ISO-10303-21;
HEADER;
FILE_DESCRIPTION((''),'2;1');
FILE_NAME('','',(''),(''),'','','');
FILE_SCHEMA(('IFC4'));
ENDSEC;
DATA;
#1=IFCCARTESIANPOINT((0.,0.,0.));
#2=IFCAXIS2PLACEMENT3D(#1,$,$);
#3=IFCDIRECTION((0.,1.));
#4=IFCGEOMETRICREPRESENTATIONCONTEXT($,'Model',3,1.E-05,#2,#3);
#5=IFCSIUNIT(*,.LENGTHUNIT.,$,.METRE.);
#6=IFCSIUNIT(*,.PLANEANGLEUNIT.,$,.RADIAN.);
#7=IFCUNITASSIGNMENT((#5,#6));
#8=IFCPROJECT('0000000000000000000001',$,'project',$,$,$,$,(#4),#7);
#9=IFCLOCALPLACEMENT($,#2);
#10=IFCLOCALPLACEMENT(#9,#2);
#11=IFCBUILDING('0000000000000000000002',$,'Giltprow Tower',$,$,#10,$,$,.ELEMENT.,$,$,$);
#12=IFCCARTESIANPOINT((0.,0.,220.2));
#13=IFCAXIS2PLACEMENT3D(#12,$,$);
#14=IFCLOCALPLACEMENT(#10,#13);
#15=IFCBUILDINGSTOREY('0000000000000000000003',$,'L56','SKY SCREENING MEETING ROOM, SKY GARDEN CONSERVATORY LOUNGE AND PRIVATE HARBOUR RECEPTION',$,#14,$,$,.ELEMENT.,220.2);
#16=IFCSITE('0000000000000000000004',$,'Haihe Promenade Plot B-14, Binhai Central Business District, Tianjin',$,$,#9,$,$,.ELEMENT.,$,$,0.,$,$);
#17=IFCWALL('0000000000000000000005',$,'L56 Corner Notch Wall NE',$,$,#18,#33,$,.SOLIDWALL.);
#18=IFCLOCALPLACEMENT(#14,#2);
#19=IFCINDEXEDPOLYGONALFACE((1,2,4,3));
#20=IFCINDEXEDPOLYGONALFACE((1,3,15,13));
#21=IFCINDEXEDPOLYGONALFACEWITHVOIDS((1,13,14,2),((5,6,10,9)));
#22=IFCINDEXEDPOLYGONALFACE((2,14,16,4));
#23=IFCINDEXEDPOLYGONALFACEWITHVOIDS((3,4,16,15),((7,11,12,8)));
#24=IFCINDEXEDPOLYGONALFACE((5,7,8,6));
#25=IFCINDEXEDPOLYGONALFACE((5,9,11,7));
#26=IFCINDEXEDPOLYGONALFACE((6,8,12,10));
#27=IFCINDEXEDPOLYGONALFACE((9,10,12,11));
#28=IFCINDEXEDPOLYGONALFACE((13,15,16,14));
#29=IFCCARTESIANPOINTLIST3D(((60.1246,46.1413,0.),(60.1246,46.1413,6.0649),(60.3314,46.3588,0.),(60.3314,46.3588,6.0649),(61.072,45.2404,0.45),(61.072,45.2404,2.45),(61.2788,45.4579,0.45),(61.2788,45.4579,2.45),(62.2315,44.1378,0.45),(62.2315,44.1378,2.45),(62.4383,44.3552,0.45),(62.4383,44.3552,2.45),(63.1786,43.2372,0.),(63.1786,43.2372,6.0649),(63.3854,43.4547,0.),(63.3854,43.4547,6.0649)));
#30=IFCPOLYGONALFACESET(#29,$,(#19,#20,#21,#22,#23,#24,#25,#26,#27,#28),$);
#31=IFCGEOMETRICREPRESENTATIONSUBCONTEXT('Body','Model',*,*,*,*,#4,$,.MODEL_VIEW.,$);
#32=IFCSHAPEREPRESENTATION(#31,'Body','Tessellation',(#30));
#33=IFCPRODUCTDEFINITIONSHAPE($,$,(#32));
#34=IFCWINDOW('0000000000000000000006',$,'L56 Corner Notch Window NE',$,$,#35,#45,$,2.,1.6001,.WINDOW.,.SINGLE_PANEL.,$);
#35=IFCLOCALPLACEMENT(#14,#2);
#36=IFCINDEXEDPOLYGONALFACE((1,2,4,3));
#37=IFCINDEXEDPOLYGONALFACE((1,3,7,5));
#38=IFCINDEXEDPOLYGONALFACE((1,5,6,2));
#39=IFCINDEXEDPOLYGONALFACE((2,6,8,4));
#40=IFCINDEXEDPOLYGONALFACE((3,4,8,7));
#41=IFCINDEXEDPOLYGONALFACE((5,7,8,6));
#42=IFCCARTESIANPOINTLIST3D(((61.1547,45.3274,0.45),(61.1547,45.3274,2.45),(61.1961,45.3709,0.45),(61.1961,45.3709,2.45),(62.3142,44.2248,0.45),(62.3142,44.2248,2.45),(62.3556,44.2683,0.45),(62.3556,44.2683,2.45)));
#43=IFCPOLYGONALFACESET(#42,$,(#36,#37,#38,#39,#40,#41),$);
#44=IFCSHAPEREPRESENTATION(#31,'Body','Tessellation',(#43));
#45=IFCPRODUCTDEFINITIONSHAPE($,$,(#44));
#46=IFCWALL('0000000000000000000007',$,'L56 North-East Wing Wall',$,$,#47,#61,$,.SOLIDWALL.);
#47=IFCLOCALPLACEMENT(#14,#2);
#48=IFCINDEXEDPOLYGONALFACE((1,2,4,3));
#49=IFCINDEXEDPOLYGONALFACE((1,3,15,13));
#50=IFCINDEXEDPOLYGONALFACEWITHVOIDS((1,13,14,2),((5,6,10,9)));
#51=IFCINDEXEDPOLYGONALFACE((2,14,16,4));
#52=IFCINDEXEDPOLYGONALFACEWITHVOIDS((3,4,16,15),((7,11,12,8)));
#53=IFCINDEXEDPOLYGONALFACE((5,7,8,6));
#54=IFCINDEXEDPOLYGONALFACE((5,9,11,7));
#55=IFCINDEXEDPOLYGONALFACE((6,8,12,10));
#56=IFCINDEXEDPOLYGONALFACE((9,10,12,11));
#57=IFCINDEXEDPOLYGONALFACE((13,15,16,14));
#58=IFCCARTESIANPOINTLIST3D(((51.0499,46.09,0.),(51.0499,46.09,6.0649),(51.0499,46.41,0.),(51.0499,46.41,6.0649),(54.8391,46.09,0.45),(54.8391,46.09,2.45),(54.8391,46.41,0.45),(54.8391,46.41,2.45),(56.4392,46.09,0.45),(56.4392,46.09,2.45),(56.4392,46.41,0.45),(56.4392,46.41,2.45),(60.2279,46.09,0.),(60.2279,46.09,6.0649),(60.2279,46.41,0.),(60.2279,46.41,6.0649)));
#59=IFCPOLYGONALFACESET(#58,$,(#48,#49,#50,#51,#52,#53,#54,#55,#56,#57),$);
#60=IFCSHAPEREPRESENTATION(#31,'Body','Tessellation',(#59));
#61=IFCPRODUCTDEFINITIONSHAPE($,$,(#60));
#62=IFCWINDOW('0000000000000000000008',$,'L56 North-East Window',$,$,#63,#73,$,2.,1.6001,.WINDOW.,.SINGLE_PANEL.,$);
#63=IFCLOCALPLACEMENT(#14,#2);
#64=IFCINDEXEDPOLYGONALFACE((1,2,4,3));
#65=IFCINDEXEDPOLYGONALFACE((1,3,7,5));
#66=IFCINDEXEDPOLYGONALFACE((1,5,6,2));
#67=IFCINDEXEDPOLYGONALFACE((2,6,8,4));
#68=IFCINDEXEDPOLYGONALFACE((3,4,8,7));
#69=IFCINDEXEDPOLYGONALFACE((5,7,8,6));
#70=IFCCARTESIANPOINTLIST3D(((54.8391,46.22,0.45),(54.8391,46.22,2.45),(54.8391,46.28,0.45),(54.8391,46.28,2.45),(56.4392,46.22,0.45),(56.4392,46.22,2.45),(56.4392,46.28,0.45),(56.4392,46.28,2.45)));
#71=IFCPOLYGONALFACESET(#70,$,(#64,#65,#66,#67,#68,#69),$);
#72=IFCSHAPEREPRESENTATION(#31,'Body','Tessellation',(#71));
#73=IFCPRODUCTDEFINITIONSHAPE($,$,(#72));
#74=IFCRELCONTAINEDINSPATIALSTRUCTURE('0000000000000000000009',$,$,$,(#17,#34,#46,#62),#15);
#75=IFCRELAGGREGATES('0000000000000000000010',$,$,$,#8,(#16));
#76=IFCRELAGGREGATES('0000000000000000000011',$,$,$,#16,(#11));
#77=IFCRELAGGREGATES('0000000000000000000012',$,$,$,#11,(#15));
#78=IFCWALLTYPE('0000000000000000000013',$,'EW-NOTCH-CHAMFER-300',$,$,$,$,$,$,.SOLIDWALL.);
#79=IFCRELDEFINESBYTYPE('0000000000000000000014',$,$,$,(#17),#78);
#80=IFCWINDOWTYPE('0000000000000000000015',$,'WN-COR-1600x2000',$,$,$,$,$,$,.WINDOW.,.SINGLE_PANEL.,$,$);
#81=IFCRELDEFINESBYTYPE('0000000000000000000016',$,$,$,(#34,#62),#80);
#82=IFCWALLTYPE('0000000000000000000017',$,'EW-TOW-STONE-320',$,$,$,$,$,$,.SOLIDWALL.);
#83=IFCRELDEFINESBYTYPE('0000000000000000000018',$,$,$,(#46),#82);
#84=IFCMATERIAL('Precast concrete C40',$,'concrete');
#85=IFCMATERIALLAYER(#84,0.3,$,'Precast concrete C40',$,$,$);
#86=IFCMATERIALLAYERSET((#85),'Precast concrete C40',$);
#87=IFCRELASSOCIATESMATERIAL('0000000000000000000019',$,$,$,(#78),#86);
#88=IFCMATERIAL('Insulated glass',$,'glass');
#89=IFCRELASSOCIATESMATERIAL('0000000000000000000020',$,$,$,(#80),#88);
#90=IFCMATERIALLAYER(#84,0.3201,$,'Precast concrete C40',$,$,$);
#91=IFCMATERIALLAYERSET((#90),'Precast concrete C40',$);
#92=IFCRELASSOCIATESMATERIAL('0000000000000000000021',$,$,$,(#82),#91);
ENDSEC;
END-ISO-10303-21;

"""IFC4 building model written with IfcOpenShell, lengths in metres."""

from ifc_helpers import new_model, si_unit, direction, frame, frame_2d, origin, place, context, subcontext, project, spatial, rectangle, extrude, source, transform, mapped, material, layer, layer_set, type_object, element, fill, save


model = new_model("IFC4")

# Units and contexts
model_context = context("Model", 3, precision=1e-05, world=origin(), true_north=direction((0.0, 1.0)))
body_context = subcontext(model_context, "Body", "Model", "MODEL_VIEW")
ifc_project = project(units=[si_unit("LENGTHUNIT", "METRE"), si_unit("PLANEANGLEUNIT", "RADIAN")], contexts=[model_context])

# Site, building, storey
site_placement = place(None, origin())
site = spatial("IfcSite", under=ifc_project, at=site_placement, Name="Haihe Promenade Plot B-14, Binhai Central Business District, Tianjin", CompositionType="ELEMENT", RefElevation=0.0)
building_placement = place(site_placement, origin())
building = spatial("IfcBuilding", under=site, at=building_placement, Name="Giltprow Tower", CompositionType="ELEMENT")
storey_placement = place(building_placement, frame((0.0, 0.0, 220.2)))
storey = spatial("IfcBuildingStorey", under=building, at=storey_placement, Name="L56", Description="SKY SCREENING MEETING ROOM, SKY GARDEN CONSERVATORY LOUNGE AND PRIVATE HARBOUR RECEPTION", CompositionType="ELEMENT", Elevation=220.2)

# Walls, openings, windows
ifc_material_1 = material(Name="Precast concrete C40", Category="concrete")
ifc_layer_1 = layer(ifc_material_1, 0.3, Name="Precast concrete C40")
ifc_layer_set_1 = layer_set([ifc_layer_1], Name="Precast concrete C40")
wall_type_1 = type_object("IfcWallType", Name="EW-NOTCH-CHAMFER-300", PredefinedType="SOLIDWALL", material=ifc_layer_set_1)
wall_1_placement = place(storey_placement, frame((63.282, 43.3459, 0.0), z_axis=(0.0, 0.0, 1.0), x_axis=(-0.724668, 0.689098, 0.0)))
wall_1 = element("IfcWall", 1, at=wall_1_placement, inside=storey, type_object=wall_type_1, Name="L56 Corner Notch Wall NE", PredefinedType="SOLIDWALL", context=body_context, shape_type="SweptSolid", body=[
    extrude(rectangle(XDim=4.2144, YDim=0.3, at=frame_2d((2.1072, 0.0))), origin(), (0.0, 0.0, 1.0), 6.0649),
])
opening_1_placement = place(wall_1_placement, frame((1.3069, 0.0, 0.45)))
opening_1 = element("IfcOpeningElement", 2, at=opening_1_placement, cuts=wall_1, PredefinedType="OPENING", context=body_context, shape_type="SweptSolid", body=[
    extrude(rectangle(XDim=1.6001, YDim=2.0, at=frame_2d((0.8, 1.0))), frame((0.0, 0.1599, 0.0), z_axis=(0.0, -1.0, 0.0), x_axis=(1.0, 0.0, 0.0)), (0.0, 0.0, 1.0), 0.3201),
])
ifc_material_2 = material(Name="Insulated glass", Category="glass")
window_type = type_object("IfcWindowType", Name="WN-COR-1600x2000", PartitioningType="SINGLE_PANEL", PredefinedType="WINDOW", material=ifc_material_2)
shared_shape_1 = source(origin(), body_context, "Body", "SweptSolid", [
    extrude(rectangle(XDim=1.6001, YDim=2.0, at=frame_2d((0.8, 1.0))), frame((0.0, 0.03, 0.0), z_axis=(0.0, -1.0, 0.0), x_axis=(1.0, 0.0, 0.0)), (0.0, 0.0, 1.0), 0.0601),
])
window_1_placement = place(opening_1_placement, origin())
window_1 = element("IfcWindow", 3, at=window_1_placement, inside=storey, type_object=window_type, Name="L56 Corner Notch Window NE", OverallHeight=2.0, OverallWidth=1.6001, PartitioningType="SINGLE_PANEL", PredefinedType="WINDOW", context=body_context, shape_type="MappedRepresentation", body=[
    mapped(shared_shape_1, transform((0.0, 0.0, 0.0), x_axis=(1.0, 0.0, 0.0), y_axis=(0.0, 1.0, 0.0), z_axis=(0.0, 0.0, 1.0), scale=1.0)),
])
fill(opening_1, window_1)
ifc_layer_2 = layer(ifc_material_1, 0.3201, Name="Precast concrete C40")
ifc_layer_set_2 = layer_set([ifc_layer_2], Name="Precast concrete C40")
wall_type_2 = type_object("IfcWallType", Name="EW-TOW-STONE-320", PredefinedType="SOLIDWALL", material=ifc_layer_set_2)
wall_2_placement = place(storey_placement, frame((51.05, 46.25, 0.0), z_axis=(0.0, 0.0, 1.0), x_axis=(1.0, 0.0, 0.0)))
wall_2 = element("IfcWall", 4, at=wall_2_placement, inside=storey, type_object=wall_type_2, Name="L56 North-East Wing Wall", PredefinedType="SOLIDWALL", context=body_context, shape_type="SweptSolid", body=[
    extrude(rectangle(XDim=9.178, YDim=0.3201, at=frame_2d((4.5889, 0.0))), origin(), (0.0, 0.0, 1.0), 6.0649),
])
opening_2_placement = place(wall_2_placement, frame((3.7891, 0.0, 0.45)))
opening_2 = element("IfcOpeningElement", 5, at=opening_2_placement, cuts=wall_2, PredefinedType="OPENING", context=body_context, shape_type="SweptSolid", body=[
    extrude(rectangle(XDim=1.6001, YDim=2.0, at=frame_2d((0.8, 1.0))), frame((0.0, 0.1699, 0.0), z_axis=(0.0, -1.0, 0.0), x_axis=(1.0, 0.0, 0.0)), (0.0, 0.0, 1.0), 0.3401),
])
window_2_placement = place(opening_2_placement, origin())
window_2 = element("IfcWindow", 6, at=window_2_placement, inside=storey, type_object=window_type, Name="L56 North-East Window", OverallHeight=2.0, OverallWidth=1.6001, PartitioningType="SINGLE_PANEL", PredefinedType="WINDOW", context=body_context, shape_type="MappedRepresentation", body=[
    mapped(shared_shape_1, transform((0.0, 0.0, 0.0), x_axis=(1.0, 0.0, 0.0), y_axis=(0.0, 1.0, 0.0), z_axis=(0.0, 0.0, 1.0), scale=1.0)),
])
fill(opening_2, window_2)

save(model, "model.ifc")
